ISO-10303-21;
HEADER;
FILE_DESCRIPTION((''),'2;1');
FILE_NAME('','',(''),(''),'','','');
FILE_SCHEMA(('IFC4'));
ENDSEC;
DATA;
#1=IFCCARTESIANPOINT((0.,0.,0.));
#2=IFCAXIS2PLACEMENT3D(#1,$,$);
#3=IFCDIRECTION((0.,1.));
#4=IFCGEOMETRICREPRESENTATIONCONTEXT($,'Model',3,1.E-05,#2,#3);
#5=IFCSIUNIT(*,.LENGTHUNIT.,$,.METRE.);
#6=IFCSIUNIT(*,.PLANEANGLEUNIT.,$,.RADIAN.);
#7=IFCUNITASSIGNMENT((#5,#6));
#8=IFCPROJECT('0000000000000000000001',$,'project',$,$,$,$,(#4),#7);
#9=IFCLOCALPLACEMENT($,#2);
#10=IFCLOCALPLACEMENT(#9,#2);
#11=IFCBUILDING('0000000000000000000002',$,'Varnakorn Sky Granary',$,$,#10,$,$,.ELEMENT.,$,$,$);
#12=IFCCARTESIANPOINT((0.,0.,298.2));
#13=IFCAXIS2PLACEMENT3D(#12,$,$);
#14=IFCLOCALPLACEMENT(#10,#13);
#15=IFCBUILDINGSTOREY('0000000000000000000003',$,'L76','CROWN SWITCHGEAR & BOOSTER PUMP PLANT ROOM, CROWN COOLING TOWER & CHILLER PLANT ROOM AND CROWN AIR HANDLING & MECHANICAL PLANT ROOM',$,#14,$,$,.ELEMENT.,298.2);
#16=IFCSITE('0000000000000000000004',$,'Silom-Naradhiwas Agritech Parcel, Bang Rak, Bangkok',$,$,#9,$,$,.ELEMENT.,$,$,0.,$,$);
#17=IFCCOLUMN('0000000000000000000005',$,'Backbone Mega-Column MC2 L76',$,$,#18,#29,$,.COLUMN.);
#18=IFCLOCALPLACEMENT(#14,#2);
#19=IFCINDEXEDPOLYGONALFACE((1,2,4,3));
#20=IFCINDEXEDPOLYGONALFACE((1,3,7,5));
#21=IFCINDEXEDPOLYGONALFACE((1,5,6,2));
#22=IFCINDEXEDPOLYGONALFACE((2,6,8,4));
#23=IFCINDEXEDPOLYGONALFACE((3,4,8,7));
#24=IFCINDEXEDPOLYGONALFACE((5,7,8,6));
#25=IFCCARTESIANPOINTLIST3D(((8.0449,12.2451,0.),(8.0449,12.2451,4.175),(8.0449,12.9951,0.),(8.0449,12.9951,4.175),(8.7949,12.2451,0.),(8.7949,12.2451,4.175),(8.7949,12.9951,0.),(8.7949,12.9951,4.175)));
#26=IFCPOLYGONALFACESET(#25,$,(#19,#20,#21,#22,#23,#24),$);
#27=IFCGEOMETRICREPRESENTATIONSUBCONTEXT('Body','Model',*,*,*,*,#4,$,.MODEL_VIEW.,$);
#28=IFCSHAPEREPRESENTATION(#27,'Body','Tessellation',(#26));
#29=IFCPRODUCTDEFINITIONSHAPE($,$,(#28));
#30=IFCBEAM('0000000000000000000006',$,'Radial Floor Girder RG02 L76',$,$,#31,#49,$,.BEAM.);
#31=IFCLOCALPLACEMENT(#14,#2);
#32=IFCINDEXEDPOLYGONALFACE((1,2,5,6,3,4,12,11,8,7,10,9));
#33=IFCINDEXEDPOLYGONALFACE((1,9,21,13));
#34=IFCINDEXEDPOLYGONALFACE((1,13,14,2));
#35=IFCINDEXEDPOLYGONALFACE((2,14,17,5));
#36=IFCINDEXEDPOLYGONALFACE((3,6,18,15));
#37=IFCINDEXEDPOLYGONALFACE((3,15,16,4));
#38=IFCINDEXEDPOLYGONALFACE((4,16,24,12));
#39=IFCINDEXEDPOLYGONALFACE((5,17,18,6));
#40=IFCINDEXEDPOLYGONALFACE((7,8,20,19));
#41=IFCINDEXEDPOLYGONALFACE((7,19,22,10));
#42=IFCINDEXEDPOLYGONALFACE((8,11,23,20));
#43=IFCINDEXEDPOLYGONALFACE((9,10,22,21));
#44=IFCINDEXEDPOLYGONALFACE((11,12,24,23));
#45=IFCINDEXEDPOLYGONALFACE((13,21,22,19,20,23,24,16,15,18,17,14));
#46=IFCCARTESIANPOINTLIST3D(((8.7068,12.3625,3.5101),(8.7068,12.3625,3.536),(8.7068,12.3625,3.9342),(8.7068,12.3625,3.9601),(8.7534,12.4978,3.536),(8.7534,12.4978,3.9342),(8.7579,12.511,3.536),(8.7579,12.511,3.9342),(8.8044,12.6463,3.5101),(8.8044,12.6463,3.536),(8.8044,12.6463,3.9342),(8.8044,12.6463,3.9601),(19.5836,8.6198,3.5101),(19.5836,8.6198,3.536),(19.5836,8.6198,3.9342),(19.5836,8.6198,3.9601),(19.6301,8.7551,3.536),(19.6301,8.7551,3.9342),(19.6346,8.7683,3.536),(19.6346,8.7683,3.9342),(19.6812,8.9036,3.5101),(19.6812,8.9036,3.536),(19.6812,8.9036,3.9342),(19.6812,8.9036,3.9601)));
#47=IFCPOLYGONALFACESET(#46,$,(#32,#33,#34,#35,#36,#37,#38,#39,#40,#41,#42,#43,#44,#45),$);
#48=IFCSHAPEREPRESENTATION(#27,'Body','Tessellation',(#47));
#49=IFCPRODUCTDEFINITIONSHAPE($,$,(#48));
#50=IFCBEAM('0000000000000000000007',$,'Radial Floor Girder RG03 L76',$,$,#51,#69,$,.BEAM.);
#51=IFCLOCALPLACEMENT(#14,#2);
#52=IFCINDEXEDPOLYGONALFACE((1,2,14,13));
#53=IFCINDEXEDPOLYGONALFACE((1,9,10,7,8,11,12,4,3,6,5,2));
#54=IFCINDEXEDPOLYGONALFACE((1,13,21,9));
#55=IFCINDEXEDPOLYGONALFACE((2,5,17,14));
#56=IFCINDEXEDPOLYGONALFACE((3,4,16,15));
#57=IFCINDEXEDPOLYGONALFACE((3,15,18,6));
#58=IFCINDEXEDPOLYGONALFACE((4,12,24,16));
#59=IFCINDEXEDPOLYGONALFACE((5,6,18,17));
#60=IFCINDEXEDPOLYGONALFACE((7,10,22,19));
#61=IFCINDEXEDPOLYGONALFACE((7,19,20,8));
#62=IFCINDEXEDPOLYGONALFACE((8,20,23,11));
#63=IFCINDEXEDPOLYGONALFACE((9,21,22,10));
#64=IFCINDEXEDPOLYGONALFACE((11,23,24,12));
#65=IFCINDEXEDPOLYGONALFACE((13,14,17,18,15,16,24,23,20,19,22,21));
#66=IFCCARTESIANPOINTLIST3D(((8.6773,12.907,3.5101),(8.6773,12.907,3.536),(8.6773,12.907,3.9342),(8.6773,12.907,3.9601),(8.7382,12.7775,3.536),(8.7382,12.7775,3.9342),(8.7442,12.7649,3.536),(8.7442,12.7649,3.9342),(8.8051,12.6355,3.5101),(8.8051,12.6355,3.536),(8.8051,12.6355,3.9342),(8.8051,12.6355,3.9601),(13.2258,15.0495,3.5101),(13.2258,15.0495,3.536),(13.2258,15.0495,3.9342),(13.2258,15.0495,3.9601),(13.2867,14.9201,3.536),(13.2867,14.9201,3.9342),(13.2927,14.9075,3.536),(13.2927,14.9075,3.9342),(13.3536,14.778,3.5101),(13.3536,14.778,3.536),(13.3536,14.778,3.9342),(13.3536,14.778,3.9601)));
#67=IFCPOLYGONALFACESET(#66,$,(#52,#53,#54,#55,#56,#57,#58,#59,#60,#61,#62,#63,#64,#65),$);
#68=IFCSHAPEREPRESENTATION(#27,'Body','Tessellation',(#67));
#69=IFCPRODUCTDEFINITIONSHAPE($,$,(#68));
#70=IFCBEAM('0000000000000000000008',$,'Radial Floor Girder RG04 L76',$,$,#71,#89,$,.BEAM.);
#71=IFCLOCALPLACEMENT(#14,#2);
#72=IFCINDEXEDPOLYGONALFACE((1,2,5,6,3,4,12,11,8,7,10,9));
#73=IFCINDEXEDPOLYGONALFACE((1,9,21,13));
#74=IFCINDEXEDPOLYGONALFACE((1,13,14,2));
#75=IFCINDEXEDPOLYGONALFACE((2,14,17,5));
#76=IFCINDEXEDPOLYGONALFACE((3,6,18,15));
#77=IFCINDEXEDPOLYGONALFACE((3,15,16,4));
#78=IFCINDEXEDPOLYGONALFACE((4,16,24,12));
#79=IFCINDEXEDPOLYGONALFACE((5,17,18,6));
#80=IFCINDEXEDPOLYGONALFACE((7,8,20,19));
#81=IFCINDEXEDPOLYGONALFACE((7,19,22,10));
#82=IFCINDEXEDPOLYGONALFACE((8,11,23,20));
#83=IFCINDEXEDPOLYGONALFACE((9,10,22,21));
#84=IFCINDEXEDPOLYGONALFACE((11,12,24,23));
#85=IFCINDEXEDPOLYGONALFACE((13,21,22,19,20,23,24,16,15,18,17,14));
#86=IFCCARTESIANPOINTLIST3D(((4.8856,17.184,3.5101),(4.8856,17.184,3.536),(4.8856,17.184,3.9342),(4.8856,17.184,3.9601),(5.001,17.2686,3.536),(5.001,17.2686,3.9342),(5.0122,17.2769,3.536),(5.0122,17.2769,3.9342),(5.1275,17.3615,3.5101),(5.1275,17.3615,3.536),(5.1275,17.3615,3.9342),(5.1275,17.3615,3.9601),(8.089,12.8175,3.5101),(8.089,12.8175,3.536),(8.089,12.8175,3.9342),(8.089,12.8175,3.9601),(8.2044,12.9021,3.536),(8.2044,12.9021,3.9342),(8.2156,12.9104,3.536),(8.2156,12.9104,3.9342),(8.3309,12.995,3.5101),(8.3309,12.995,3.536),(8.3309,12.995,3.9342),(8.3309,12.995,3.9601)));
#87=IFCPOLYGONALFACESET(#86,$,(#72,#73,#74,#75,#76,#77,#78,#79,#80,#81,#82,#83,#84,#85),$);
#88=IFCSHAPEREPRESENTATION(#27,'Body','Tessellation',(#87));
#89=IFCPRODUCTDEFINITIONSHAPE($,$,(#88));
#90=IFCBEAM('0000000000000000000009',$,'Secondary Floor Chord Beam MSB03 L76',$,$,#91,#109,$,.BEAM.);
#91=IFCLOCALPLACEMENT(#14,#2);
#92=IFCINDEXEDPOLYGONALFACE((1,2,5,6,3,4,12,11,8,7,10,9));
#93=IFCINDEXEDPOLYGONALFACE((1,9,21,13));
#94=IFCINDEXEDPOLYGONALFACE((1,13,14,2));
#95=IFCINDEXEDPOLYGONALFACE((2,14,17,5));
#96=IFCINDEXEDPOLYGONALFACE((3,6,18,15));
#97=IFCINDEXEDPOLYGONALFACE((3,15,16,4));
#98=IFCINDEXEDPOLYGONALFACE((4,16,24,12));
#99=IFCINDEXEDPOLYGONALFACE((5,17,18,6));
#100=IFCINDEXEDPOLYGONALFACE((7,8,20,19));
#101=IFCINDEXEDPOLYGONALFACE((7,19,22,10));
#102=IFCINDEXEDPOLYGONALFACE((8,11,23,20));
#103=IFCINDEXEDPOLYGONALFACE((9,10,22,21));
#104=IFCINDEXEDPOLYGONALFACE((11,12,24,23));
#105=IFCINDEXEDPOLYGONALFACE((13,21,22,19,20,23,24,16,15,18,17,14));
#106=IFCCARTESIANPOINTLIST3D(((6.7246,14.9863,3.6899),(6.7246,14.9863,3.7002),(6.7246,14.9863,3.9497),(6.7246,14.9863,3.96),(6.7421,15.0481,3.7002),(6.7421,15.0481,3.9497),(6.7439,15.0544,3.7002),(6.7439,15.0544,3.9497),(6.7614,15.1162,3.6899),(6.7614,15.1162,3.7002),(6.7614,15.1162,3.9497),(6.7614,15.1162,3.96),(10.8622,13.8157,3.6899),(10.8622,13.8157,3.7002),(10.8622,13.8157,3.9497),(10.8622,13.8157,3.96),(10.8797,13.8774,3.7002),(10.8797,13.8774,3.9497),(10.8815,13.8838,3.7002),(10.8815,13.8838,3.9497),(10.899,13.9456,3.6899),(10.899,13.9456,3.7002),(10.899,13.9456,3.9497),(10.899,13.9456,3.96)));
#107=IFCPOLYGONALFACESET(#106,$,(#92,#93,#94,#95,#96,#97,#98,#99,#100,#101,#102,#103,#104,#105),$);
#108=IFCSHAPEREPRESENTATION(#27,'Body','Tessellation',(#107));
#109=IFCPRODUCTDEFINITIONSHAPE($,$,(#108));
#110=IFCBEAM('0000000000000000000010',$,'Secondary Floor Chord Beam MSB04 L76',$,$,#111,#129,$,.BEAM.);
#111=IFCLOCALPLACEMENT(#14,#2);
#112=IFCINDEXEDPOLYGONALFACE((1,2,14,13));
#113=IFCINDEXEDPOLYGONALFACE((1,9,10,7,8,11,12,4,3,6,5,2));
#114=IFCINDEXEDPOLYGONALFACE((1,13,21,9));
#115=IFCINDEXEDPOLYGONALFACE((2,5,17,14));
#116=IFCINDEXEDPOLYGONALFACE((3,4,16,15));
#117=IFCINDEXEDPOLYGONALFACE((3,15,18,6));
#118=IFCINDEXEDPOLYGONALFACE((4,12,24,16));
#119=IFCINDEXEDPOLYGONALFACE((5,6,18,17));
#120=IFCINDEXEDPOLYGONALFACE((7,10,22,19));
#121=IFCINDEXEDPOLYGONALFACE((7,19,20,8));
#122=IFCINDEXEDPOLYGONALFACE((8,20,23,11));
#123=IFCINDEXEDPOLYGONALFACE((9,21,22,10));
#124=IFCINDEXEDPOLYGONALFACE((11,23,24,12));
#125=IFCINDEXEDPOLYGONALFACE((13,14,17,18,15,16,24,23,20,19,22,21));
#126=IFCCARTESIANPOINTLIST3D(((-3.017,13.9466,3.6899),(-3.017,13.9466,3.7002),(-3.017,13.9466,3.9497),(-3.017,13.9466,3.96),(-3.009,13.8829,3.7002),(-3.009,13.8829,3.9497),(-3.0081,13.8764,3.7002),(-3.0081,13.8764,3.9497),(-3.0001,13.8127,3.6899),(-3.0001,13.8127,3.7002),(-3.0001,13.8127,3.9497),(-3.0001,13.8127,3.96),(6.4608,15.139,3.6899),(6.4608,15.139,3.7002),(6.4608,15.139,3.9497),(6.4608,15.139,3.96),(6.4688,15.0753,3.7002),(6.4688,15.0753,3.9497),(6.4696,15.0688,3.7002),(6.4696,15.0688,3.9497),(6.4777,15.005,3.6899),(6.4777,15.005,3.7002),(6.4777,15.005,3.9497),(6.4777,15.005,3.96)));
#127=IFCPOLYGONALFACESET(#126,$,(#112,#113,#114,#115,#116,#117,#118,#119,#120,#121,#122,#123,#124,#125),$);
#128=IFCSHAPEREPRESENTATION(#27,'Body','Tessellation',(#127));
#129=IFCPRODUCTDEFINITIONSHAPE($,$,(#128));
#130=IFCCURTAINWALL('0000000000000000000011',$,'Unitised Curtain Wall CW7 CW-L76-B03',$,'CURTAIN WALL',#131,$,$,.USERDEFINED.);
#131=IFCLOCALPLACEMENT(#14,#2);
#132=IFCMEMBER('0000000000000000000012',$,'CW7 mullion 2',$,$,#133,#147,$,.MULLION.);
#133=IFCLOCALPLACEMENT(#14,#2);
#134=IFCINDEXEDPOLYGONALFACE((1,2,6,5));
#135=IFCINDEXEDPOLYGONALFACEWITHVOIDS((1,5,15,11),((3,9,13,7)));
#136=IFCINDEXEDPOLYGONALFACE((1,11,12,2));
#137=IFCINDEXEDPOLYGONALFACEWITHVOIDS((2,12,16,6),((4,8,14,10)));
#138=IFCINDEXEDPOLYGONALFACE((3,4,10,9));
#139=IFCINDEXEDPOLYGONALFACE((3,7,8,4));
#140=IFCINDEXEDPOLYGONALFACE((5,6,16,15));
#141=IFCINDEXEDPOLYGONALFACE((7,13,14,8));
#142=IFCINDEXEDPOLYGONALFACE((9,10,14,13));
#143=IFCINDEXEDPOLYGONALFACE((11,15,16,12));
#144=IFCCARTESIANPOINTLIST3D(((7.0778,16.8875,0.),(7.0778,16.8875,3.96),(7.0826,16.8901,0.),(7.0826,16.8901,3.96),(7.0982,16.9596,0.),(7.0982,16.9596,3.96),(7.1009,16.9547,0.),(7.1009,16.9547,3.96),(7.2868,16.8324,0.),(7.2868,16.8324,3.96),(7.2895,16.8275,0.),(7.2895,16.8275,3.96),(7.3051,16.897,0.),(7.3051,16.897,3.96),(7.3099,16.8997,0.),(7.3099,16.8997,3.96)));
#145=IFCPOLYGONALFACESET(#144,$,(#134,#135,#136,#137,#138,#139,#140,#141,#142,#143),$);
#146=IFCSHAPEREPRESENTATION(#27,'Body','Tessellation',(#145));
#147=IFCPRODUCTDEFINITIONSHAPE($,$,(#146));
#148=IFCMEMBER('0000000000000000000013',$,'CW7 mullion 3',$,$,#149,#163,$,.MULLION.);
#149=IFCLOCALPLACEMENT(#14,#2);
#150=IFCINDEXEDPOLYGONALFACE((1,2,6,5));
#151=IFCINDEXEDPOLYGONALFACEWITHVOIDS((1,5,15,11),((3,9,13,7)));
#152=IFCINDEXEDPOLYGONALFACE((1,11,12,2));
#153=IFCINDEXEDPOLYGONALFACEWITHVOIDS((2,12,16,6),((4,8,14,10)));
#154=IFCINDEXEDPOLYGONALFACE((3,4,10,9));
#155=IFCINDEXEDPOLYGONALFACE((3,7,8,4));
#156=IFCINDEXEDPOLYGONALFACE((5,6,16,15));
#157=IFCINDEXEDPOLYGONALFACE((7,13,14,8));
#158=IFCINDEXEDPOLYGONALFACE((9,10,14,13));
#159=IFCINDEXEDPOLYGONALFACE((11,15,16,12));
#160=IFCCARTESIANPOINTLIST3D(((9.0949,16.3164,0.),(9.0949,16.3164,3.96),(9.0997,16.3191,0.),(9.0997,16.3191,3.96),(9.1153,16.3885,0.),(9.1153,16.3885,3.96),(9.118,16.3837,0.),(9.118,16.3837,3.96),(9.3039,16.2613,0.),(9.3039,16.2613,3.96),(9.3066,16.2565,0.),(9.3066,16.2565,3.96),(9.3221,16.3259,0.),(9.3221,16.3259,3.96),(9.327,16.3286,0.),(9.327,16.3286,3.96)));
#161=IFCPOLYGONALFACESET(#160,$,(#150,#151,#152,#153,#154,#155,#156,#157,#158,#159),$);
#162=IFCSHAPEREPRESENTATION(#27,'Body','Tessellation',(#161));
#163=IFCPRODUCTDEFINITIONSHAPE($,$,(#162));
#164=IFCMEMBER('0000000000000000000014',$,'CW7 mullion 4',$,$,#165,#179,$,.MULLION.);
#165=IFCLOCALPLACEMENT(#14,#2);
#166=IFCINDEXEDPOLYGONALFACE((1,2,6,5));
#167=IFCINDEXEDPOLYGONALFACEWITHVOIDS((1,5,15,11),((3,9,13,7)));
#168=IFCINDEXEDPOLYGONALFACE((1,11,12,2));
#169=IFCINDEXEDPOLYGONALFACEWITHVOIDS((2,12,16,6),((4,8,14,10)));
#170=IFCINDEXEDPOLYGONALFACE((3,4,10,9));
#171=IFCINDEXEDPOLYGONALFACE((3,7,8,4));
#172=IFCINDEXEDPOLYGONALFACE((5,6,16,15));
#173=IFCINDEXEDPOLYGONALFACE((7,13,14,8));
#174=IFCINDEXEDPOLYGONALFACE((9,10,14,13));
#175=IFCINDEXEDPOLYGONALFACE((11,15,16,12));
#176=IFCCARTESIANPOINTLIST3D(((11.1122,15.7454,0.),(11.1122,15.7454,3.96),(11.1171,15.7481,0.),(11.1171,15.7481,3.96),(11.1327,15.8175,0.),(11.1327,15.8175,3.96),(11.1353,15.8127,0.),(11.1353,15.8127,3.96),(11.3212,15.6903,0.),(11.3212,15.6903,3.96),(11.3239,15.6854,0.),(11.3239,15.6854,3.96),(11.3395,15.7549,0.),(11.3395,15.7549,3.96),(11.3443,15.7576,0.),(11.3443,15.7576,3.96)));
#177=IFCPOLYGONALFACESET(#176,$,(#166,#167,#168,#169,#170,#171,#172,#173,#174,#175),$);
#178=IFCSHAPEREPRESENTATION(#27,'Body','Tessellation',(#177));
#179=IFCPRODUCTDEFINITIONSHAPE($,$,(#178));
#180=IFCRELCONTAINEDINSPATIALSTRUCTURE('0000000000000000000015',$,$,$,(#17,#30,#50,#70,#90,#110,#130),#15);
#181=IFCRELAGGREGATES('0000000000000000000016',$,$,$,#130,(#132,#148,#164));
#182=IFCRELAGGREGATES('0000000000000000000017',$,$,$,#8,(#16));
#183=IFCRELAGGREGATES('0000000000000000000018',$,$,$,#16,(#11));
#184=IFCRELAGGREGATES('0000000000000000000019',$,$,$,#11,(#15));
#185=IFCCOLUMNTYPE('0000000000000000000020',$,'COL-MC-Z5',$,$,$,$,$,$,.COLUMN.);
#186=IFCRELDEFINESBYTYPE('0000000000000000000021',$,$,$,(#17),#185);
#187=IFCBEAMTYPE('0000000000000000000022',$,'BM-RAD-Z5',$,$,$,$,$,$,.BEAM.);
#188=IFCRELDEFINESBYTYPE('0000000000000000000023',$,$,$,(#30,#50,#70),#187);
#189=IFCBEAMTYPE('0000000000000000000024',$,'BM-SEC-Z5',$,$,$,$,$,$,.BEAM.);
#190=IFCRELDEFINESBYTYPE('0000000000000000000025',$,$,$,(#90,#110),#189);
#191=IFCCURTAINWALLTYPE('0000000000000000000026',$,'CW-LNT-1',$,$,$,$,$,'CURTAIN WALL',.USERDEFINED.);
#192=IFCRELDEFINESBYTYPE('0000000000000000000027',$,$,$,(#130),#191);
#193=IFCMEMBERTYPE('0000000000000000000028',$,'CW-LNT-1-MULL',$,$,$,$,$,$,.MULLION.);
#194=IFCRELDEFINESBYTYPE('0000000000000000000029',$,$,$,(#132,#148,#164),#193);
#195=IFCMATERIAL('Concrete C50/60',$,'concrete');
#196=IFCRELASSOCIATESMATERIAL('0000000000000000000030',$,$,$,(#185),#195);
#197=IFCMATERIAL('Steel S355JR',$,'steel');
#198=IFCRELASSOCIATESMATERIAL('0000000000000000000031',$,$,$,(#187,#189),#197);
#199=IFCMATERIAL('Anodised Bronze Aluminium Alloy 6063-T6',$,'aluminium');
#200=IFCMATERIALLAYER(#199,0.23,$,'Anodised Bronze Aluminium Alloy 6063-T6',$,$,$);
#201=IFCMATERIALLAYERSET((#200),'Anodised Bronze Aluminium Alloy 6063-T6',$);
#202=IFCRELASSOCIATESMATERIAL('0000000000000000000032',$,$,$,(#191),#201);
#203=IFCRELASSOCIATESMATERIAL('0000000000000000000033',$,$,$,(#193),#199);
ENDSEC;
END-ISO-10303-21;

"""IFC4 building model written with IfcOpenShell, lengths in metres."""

from ifc_helpers import new_model, si_unit, direction, frame, origin, origin_2d, place, context, subcontext, project, spatial, rectangle, hollow_rectangle, i_section, extrude, material, layer, layer_set, material_profile, profile_set, type_object, element, aggregate, save


model = new_model("IFC4")

# Units and contexts
model_context = context("Model", 3, precision=1e-05, world=origin(), true_north=direction((0.0, 1.0)))
body_context = subcontext(model_context, "Body", "Model", "MODEL_VIEW")
ifc_project = project(units=[si_unit("LENGTHUNIT", "METRE"), si_unit("PLANEANGLEUNIT", "RADIAN")], contexts=[model_context])

# Site, building, storey
site_placement = place(None, origin())
site = spatial("IfcSite", under=ifc_project, at=site_placement, Name="Silom-Naradhiwas Agritech Parcel, Bang Rak, Bangkok", CompositionType="ELEMENT", RefElevation=0.0)
building_placement = place(site_placement, origin())
building = spatial("IfcBuilding", under=site, at=building_placement, Name="Varnakorn Sky Granary", CompositionType="ELEMENT")
storey_placement = place(building_placement, frame((0.0, 0.0, 298.2)))
storey = spatial("IfcBuildingStorey", under=building, at=storey_placement, Name="L76", Description="CROWN SWITCHGEAR & BOOSTER PUMP PLANT ROOM, CROWN COOLING TOWER & CHILLER PLANT ROOM AND CROWN AIR HANDLING & MECHANICAL PLANT ROOM", CompositionType="ELEMENT", Elevation=298.2)

# Column
ifc_material_1 = material(Name="Concrete C50/60", Category="concrete")
ifc_material_profile_1 = material_profile(ifc_material_1, rectangle(XDim=0.75, YDim=0.75, at=origin_2d()), Name="RC 750x750")
ifc_profile_set_1 = profile_set([ifc_material_profile_1], Name="Concrete C50/60")
column_type = type_object("IfcColumnType", Name="COL-MC-Z5", PredefinedType="COLUMN", material=ifc_profile_set_1)
column_placement = place(storey_placement, frame((8.4199, 12.6201, 0.0), z_axis=(0.0, 0.0, 1.0), x_axis=(1.0, 0.0, 0.0)))
element("IfcColumn", 1, at=column_placement, inside=storey, type_object=column_type, Name="Backbone Mega-Column MC2 L76", PredefinedType="COLUMN", context=body_context, shape_type="SweptSolid", body=[
    extrude(rectangle(XDim=0.75, YDim=0.75, at=origin_2d()), origin(), (0.0, 0.0, 1.0), 4.175),
])

# Beams
ifc_material_2 = material(Name="Steel S355JR", Category="steel")
ifc_material_profile_2 = material_profile(ifc_material_2, i_section(OverallWidth=0.3, OverallDepth=0.45, WebThickness=0.0139, FlangeThickness=0.0259, at=origin_2d()), Name="HE 450 B")
ifc_profile_set_2 = profile_set([ifc_material_profile_2], Name="Steel S355JR")
beam_type_1 = type_object("IfcBeamType", Name="BM-RAD-Z5", PredefinedType="BEAM", material=ifc_profile_set_2)
beam_1_placement = place(storey_placement, frame((8.7556, 12.5044, 3.7351), z_axis=(0.945585, -0.325376, 0.0), x_axis=(0.325376, 0.945585, 0.0)))
element("IfcBeam", 2, at=beam_1_placement, inside=storey, type_object=beam_type_1, Name="Radial Floor Girder RG02 L76", PredefinedType="BEAM", context=body_context, shape_type="SweptSolid", body=[
    extrude(i_section(OverallWidth=0.3, OverallDepth=0.45, WebThickness=0.0139, FlangeThickness=0.0259, at=origin_2d()), origin(), (0.0, 0.0, 1.0), 11.5027),
])
beam_2_placement = place(storey_placement, frame((8.7412, 12.7712, 3.7351), z_axis=(0.90466, 0.426134, 0.0), x_axis=(-0.426134, 0.90466, 0.0)))
element("IfcBeam", 3, at=beam_2_placement, inside=storey, type_object=beam_type_1, Name="Radial Floor Girder RG03 L76", PredefinedType="BEAM", context=body_context, shape_type="SweptSolid", body=[
    extrude(i_section(OverallWidth=0.3, OverallDepth=0.45, WebThickness=0.0139, FlangeThickness=0.0259, at=origin_2d()), origin(), (0.0, 0.0, 1.0), 5.0278),
])
beam_3_placement = place(storey_placement, frame((8.21, 12.9062, 3.7351), z_axis=(-0.59152, 0.80629, 0.0), x_axis=(-0.80629, -0.59152, 0.0)))
element("IfcBeam", 4, at=beam_3_placement, inside=storey, type_object=beam_type_1, Name="Radial Floor Girder RG04 L76", PredefinedType="BEAM", context=body_context, shape_type="SweptSolid", body=[
    extrude(i_section(OverallWidth=0.3, OverallDepth=0.45, WebThickness=0.0139, FlangeThickness=0.0259, at=origin_2d()), origin(), (0.0, 0.0, 1.0), 5.4155),
])
ifc_material_profile_3 = material_profile(ifc_material_2, i_section(OverallWidth=0.135, OverallDepth=0.27, WebThickness=0.0066, FlangeThickness=0.0103, at=origin_2d()), Name="IPE 270")
ifc_profile_set_3 = profile_set([ifc_material_profile_3], Name="Steel S355JR")
beam_type_2 = type_object("IfcBeamType", Name="BM-SEC-Z5", PredefinedType="BEAM", material=ifc_profile_set_3)
beam_4_placement = place(storey_placement, frame((10.8806, 13.8806, 3.825), z_axis=(-0.96223, 0.272238, 0.0), x_axis=(-0.272238, -0.96223, 0.0)))
element("IfcBeam", 5, at=beam_4_placement, inside=storey, type_object=beam_type_2, Name="Secondary Floor Chord Beam MSB03 L76", PredefinedType="BEAM", context=body_context, shape_type="SweptSolid", body=[
    extrude(i_section(OverallWidth=0.135, OverallDepth=0.27, WebThickness=0.0066, FlangeThickness=0.0103, at=origin_2d()), origin(), (0.0, 0.0, 1.0), 4.3),
])
beam_5_placement = place(storey_placement, frame((6.4692, 15.072, 3.825), z_axis=(-0.992179, -0.124824, 0.0), x_axis=(0.124824, -0.992179, 0.0)))
element("IfcBeam", 6, at=beam_5_placement, inside=storey, type_object=beam_type_2, Name="Secondary Floor Chord Beam MSB04 L76", PredefinedType="BEAM", context=body_context, shape_type="SweptSolid", body=[
    extrude(i_section(OverallWidth=0.135, OverallDepth=0.27, WebThickness=0.0066, FlangeThickness=0.0103, at=origin_2d()), origin(), (0.0, 0.0, 1.0), 9.5525),
])

# Curtain wall, members
ifc_material_3 = material(Name="Anodised Bronze Aluminium Alloy 6063-T6", Category="aluminium")
ifc_layer_1 = layer(ifc_material_3, 0.23, Name="Anodised Bronze Aluminium Alloy 6063-T6")
ifc_layer_set_1 = layer_set([ifc_layer_1], Name="Anodised Bronze Aluminium Alloy 6063-T6")
curtain_wall_type = type_object("IfcCurtainWallType", Name="CW-LNT-1", ElementType="CURTAIN WALL", PredefinedType="USERDEFINED", material=ifc_layer_set_1)
curtain_wall_placement = place(storey_placement, origin())
curtain_wall = element("IfcCurtainWall", 7, at=curtain_wall_placement, inside=storey, type_object=curtain_wall_type, Name="Unitised Curtain Wall CW7 CW-L76-B03", ObjectType="CURTAIN WALL", PredefinedType="USERDEFINED")
ifc_material_profile_4 = material_profile(ifc_material_3, hollow_rectangle(XDim=0.075, YDim=0.22, WallThickness=0.0039, at=origin_2d()), Name="ALU MULL 75x220")
ifc_profile_set_4 = profile_set([ifc_material_profile_4], Name="Anodised Bronze Aluminium Alloy 6063-T6")
member_type_1 = type_object("IfcMemberType", Name="CW-LNT-1-MULL", PredefinedType="MULLION", material=ifc_profile_set_4)
member_1_placement = place(storey_placement, frame((7.1938, 16.8936, 0.0), z_axis=(0.0, 0.0, 1.0), x_axis=(0.272381, 0.962189, 0.0)))
member_1 = element("IfcMember", 8, at=member_1_placement, type_object=member_type_1, Name="CW7 mullion 2", PredefinedType="MULLION", context=body_context, shape_type="SweptSolid", body=[
    extrude(hollow_rectangle(XDim=0.075, YDim=0.22, WallThickness=0.0039, at=origin_2d()), origin(), (0.0, 0.0, 1.0), 3.96),
])
member_2_placement = place(storey_placement, frame((9.2109, 16.3225, 0.0), z_axis=(0.0, 0.0, 1.0), x_axis=(0.272381, 0.962189, 0.0)))
member_2 = element("IfcMember", 9, at=member_2_placement, type_object=member_type_1, Name="CW7 mullion 3", PredefinedType="MULLION", context=body_context, shape_type="SweptSolid", body=[
    extrude(hollow_rectangle(XDim=0.075, YDim=0.22, WallThickness=0.0039, at=origin_2d()), origin(), (0.0, 0.0, 1.0), 3.96),
])
member_3_placement = place(storey_placement, frame((11.2283, 15.7515, 0.0), z_axis=(0.0, 0.0, 1.0), x_axis=(0.272381, 0.962189, 0.0)))
member_3 = element("IfcMember", 10, at=member_3_placement, type_object=member_type_1, Name="CW7 mullion 4", PredefinedType="MULLION", context=body_context, shape_type="SweptSolid", body=[
    extrude(hollow_rectangle(XDim=0.075, YDim=0.22, WallThickness=0.0039, at=origin_2d()), origin(), (0.0, 0.0, 1.0), 3.96),
])

aggregate(curtain_wall, [member_1, member_2, member_3])

save(model, "model.ifc")
